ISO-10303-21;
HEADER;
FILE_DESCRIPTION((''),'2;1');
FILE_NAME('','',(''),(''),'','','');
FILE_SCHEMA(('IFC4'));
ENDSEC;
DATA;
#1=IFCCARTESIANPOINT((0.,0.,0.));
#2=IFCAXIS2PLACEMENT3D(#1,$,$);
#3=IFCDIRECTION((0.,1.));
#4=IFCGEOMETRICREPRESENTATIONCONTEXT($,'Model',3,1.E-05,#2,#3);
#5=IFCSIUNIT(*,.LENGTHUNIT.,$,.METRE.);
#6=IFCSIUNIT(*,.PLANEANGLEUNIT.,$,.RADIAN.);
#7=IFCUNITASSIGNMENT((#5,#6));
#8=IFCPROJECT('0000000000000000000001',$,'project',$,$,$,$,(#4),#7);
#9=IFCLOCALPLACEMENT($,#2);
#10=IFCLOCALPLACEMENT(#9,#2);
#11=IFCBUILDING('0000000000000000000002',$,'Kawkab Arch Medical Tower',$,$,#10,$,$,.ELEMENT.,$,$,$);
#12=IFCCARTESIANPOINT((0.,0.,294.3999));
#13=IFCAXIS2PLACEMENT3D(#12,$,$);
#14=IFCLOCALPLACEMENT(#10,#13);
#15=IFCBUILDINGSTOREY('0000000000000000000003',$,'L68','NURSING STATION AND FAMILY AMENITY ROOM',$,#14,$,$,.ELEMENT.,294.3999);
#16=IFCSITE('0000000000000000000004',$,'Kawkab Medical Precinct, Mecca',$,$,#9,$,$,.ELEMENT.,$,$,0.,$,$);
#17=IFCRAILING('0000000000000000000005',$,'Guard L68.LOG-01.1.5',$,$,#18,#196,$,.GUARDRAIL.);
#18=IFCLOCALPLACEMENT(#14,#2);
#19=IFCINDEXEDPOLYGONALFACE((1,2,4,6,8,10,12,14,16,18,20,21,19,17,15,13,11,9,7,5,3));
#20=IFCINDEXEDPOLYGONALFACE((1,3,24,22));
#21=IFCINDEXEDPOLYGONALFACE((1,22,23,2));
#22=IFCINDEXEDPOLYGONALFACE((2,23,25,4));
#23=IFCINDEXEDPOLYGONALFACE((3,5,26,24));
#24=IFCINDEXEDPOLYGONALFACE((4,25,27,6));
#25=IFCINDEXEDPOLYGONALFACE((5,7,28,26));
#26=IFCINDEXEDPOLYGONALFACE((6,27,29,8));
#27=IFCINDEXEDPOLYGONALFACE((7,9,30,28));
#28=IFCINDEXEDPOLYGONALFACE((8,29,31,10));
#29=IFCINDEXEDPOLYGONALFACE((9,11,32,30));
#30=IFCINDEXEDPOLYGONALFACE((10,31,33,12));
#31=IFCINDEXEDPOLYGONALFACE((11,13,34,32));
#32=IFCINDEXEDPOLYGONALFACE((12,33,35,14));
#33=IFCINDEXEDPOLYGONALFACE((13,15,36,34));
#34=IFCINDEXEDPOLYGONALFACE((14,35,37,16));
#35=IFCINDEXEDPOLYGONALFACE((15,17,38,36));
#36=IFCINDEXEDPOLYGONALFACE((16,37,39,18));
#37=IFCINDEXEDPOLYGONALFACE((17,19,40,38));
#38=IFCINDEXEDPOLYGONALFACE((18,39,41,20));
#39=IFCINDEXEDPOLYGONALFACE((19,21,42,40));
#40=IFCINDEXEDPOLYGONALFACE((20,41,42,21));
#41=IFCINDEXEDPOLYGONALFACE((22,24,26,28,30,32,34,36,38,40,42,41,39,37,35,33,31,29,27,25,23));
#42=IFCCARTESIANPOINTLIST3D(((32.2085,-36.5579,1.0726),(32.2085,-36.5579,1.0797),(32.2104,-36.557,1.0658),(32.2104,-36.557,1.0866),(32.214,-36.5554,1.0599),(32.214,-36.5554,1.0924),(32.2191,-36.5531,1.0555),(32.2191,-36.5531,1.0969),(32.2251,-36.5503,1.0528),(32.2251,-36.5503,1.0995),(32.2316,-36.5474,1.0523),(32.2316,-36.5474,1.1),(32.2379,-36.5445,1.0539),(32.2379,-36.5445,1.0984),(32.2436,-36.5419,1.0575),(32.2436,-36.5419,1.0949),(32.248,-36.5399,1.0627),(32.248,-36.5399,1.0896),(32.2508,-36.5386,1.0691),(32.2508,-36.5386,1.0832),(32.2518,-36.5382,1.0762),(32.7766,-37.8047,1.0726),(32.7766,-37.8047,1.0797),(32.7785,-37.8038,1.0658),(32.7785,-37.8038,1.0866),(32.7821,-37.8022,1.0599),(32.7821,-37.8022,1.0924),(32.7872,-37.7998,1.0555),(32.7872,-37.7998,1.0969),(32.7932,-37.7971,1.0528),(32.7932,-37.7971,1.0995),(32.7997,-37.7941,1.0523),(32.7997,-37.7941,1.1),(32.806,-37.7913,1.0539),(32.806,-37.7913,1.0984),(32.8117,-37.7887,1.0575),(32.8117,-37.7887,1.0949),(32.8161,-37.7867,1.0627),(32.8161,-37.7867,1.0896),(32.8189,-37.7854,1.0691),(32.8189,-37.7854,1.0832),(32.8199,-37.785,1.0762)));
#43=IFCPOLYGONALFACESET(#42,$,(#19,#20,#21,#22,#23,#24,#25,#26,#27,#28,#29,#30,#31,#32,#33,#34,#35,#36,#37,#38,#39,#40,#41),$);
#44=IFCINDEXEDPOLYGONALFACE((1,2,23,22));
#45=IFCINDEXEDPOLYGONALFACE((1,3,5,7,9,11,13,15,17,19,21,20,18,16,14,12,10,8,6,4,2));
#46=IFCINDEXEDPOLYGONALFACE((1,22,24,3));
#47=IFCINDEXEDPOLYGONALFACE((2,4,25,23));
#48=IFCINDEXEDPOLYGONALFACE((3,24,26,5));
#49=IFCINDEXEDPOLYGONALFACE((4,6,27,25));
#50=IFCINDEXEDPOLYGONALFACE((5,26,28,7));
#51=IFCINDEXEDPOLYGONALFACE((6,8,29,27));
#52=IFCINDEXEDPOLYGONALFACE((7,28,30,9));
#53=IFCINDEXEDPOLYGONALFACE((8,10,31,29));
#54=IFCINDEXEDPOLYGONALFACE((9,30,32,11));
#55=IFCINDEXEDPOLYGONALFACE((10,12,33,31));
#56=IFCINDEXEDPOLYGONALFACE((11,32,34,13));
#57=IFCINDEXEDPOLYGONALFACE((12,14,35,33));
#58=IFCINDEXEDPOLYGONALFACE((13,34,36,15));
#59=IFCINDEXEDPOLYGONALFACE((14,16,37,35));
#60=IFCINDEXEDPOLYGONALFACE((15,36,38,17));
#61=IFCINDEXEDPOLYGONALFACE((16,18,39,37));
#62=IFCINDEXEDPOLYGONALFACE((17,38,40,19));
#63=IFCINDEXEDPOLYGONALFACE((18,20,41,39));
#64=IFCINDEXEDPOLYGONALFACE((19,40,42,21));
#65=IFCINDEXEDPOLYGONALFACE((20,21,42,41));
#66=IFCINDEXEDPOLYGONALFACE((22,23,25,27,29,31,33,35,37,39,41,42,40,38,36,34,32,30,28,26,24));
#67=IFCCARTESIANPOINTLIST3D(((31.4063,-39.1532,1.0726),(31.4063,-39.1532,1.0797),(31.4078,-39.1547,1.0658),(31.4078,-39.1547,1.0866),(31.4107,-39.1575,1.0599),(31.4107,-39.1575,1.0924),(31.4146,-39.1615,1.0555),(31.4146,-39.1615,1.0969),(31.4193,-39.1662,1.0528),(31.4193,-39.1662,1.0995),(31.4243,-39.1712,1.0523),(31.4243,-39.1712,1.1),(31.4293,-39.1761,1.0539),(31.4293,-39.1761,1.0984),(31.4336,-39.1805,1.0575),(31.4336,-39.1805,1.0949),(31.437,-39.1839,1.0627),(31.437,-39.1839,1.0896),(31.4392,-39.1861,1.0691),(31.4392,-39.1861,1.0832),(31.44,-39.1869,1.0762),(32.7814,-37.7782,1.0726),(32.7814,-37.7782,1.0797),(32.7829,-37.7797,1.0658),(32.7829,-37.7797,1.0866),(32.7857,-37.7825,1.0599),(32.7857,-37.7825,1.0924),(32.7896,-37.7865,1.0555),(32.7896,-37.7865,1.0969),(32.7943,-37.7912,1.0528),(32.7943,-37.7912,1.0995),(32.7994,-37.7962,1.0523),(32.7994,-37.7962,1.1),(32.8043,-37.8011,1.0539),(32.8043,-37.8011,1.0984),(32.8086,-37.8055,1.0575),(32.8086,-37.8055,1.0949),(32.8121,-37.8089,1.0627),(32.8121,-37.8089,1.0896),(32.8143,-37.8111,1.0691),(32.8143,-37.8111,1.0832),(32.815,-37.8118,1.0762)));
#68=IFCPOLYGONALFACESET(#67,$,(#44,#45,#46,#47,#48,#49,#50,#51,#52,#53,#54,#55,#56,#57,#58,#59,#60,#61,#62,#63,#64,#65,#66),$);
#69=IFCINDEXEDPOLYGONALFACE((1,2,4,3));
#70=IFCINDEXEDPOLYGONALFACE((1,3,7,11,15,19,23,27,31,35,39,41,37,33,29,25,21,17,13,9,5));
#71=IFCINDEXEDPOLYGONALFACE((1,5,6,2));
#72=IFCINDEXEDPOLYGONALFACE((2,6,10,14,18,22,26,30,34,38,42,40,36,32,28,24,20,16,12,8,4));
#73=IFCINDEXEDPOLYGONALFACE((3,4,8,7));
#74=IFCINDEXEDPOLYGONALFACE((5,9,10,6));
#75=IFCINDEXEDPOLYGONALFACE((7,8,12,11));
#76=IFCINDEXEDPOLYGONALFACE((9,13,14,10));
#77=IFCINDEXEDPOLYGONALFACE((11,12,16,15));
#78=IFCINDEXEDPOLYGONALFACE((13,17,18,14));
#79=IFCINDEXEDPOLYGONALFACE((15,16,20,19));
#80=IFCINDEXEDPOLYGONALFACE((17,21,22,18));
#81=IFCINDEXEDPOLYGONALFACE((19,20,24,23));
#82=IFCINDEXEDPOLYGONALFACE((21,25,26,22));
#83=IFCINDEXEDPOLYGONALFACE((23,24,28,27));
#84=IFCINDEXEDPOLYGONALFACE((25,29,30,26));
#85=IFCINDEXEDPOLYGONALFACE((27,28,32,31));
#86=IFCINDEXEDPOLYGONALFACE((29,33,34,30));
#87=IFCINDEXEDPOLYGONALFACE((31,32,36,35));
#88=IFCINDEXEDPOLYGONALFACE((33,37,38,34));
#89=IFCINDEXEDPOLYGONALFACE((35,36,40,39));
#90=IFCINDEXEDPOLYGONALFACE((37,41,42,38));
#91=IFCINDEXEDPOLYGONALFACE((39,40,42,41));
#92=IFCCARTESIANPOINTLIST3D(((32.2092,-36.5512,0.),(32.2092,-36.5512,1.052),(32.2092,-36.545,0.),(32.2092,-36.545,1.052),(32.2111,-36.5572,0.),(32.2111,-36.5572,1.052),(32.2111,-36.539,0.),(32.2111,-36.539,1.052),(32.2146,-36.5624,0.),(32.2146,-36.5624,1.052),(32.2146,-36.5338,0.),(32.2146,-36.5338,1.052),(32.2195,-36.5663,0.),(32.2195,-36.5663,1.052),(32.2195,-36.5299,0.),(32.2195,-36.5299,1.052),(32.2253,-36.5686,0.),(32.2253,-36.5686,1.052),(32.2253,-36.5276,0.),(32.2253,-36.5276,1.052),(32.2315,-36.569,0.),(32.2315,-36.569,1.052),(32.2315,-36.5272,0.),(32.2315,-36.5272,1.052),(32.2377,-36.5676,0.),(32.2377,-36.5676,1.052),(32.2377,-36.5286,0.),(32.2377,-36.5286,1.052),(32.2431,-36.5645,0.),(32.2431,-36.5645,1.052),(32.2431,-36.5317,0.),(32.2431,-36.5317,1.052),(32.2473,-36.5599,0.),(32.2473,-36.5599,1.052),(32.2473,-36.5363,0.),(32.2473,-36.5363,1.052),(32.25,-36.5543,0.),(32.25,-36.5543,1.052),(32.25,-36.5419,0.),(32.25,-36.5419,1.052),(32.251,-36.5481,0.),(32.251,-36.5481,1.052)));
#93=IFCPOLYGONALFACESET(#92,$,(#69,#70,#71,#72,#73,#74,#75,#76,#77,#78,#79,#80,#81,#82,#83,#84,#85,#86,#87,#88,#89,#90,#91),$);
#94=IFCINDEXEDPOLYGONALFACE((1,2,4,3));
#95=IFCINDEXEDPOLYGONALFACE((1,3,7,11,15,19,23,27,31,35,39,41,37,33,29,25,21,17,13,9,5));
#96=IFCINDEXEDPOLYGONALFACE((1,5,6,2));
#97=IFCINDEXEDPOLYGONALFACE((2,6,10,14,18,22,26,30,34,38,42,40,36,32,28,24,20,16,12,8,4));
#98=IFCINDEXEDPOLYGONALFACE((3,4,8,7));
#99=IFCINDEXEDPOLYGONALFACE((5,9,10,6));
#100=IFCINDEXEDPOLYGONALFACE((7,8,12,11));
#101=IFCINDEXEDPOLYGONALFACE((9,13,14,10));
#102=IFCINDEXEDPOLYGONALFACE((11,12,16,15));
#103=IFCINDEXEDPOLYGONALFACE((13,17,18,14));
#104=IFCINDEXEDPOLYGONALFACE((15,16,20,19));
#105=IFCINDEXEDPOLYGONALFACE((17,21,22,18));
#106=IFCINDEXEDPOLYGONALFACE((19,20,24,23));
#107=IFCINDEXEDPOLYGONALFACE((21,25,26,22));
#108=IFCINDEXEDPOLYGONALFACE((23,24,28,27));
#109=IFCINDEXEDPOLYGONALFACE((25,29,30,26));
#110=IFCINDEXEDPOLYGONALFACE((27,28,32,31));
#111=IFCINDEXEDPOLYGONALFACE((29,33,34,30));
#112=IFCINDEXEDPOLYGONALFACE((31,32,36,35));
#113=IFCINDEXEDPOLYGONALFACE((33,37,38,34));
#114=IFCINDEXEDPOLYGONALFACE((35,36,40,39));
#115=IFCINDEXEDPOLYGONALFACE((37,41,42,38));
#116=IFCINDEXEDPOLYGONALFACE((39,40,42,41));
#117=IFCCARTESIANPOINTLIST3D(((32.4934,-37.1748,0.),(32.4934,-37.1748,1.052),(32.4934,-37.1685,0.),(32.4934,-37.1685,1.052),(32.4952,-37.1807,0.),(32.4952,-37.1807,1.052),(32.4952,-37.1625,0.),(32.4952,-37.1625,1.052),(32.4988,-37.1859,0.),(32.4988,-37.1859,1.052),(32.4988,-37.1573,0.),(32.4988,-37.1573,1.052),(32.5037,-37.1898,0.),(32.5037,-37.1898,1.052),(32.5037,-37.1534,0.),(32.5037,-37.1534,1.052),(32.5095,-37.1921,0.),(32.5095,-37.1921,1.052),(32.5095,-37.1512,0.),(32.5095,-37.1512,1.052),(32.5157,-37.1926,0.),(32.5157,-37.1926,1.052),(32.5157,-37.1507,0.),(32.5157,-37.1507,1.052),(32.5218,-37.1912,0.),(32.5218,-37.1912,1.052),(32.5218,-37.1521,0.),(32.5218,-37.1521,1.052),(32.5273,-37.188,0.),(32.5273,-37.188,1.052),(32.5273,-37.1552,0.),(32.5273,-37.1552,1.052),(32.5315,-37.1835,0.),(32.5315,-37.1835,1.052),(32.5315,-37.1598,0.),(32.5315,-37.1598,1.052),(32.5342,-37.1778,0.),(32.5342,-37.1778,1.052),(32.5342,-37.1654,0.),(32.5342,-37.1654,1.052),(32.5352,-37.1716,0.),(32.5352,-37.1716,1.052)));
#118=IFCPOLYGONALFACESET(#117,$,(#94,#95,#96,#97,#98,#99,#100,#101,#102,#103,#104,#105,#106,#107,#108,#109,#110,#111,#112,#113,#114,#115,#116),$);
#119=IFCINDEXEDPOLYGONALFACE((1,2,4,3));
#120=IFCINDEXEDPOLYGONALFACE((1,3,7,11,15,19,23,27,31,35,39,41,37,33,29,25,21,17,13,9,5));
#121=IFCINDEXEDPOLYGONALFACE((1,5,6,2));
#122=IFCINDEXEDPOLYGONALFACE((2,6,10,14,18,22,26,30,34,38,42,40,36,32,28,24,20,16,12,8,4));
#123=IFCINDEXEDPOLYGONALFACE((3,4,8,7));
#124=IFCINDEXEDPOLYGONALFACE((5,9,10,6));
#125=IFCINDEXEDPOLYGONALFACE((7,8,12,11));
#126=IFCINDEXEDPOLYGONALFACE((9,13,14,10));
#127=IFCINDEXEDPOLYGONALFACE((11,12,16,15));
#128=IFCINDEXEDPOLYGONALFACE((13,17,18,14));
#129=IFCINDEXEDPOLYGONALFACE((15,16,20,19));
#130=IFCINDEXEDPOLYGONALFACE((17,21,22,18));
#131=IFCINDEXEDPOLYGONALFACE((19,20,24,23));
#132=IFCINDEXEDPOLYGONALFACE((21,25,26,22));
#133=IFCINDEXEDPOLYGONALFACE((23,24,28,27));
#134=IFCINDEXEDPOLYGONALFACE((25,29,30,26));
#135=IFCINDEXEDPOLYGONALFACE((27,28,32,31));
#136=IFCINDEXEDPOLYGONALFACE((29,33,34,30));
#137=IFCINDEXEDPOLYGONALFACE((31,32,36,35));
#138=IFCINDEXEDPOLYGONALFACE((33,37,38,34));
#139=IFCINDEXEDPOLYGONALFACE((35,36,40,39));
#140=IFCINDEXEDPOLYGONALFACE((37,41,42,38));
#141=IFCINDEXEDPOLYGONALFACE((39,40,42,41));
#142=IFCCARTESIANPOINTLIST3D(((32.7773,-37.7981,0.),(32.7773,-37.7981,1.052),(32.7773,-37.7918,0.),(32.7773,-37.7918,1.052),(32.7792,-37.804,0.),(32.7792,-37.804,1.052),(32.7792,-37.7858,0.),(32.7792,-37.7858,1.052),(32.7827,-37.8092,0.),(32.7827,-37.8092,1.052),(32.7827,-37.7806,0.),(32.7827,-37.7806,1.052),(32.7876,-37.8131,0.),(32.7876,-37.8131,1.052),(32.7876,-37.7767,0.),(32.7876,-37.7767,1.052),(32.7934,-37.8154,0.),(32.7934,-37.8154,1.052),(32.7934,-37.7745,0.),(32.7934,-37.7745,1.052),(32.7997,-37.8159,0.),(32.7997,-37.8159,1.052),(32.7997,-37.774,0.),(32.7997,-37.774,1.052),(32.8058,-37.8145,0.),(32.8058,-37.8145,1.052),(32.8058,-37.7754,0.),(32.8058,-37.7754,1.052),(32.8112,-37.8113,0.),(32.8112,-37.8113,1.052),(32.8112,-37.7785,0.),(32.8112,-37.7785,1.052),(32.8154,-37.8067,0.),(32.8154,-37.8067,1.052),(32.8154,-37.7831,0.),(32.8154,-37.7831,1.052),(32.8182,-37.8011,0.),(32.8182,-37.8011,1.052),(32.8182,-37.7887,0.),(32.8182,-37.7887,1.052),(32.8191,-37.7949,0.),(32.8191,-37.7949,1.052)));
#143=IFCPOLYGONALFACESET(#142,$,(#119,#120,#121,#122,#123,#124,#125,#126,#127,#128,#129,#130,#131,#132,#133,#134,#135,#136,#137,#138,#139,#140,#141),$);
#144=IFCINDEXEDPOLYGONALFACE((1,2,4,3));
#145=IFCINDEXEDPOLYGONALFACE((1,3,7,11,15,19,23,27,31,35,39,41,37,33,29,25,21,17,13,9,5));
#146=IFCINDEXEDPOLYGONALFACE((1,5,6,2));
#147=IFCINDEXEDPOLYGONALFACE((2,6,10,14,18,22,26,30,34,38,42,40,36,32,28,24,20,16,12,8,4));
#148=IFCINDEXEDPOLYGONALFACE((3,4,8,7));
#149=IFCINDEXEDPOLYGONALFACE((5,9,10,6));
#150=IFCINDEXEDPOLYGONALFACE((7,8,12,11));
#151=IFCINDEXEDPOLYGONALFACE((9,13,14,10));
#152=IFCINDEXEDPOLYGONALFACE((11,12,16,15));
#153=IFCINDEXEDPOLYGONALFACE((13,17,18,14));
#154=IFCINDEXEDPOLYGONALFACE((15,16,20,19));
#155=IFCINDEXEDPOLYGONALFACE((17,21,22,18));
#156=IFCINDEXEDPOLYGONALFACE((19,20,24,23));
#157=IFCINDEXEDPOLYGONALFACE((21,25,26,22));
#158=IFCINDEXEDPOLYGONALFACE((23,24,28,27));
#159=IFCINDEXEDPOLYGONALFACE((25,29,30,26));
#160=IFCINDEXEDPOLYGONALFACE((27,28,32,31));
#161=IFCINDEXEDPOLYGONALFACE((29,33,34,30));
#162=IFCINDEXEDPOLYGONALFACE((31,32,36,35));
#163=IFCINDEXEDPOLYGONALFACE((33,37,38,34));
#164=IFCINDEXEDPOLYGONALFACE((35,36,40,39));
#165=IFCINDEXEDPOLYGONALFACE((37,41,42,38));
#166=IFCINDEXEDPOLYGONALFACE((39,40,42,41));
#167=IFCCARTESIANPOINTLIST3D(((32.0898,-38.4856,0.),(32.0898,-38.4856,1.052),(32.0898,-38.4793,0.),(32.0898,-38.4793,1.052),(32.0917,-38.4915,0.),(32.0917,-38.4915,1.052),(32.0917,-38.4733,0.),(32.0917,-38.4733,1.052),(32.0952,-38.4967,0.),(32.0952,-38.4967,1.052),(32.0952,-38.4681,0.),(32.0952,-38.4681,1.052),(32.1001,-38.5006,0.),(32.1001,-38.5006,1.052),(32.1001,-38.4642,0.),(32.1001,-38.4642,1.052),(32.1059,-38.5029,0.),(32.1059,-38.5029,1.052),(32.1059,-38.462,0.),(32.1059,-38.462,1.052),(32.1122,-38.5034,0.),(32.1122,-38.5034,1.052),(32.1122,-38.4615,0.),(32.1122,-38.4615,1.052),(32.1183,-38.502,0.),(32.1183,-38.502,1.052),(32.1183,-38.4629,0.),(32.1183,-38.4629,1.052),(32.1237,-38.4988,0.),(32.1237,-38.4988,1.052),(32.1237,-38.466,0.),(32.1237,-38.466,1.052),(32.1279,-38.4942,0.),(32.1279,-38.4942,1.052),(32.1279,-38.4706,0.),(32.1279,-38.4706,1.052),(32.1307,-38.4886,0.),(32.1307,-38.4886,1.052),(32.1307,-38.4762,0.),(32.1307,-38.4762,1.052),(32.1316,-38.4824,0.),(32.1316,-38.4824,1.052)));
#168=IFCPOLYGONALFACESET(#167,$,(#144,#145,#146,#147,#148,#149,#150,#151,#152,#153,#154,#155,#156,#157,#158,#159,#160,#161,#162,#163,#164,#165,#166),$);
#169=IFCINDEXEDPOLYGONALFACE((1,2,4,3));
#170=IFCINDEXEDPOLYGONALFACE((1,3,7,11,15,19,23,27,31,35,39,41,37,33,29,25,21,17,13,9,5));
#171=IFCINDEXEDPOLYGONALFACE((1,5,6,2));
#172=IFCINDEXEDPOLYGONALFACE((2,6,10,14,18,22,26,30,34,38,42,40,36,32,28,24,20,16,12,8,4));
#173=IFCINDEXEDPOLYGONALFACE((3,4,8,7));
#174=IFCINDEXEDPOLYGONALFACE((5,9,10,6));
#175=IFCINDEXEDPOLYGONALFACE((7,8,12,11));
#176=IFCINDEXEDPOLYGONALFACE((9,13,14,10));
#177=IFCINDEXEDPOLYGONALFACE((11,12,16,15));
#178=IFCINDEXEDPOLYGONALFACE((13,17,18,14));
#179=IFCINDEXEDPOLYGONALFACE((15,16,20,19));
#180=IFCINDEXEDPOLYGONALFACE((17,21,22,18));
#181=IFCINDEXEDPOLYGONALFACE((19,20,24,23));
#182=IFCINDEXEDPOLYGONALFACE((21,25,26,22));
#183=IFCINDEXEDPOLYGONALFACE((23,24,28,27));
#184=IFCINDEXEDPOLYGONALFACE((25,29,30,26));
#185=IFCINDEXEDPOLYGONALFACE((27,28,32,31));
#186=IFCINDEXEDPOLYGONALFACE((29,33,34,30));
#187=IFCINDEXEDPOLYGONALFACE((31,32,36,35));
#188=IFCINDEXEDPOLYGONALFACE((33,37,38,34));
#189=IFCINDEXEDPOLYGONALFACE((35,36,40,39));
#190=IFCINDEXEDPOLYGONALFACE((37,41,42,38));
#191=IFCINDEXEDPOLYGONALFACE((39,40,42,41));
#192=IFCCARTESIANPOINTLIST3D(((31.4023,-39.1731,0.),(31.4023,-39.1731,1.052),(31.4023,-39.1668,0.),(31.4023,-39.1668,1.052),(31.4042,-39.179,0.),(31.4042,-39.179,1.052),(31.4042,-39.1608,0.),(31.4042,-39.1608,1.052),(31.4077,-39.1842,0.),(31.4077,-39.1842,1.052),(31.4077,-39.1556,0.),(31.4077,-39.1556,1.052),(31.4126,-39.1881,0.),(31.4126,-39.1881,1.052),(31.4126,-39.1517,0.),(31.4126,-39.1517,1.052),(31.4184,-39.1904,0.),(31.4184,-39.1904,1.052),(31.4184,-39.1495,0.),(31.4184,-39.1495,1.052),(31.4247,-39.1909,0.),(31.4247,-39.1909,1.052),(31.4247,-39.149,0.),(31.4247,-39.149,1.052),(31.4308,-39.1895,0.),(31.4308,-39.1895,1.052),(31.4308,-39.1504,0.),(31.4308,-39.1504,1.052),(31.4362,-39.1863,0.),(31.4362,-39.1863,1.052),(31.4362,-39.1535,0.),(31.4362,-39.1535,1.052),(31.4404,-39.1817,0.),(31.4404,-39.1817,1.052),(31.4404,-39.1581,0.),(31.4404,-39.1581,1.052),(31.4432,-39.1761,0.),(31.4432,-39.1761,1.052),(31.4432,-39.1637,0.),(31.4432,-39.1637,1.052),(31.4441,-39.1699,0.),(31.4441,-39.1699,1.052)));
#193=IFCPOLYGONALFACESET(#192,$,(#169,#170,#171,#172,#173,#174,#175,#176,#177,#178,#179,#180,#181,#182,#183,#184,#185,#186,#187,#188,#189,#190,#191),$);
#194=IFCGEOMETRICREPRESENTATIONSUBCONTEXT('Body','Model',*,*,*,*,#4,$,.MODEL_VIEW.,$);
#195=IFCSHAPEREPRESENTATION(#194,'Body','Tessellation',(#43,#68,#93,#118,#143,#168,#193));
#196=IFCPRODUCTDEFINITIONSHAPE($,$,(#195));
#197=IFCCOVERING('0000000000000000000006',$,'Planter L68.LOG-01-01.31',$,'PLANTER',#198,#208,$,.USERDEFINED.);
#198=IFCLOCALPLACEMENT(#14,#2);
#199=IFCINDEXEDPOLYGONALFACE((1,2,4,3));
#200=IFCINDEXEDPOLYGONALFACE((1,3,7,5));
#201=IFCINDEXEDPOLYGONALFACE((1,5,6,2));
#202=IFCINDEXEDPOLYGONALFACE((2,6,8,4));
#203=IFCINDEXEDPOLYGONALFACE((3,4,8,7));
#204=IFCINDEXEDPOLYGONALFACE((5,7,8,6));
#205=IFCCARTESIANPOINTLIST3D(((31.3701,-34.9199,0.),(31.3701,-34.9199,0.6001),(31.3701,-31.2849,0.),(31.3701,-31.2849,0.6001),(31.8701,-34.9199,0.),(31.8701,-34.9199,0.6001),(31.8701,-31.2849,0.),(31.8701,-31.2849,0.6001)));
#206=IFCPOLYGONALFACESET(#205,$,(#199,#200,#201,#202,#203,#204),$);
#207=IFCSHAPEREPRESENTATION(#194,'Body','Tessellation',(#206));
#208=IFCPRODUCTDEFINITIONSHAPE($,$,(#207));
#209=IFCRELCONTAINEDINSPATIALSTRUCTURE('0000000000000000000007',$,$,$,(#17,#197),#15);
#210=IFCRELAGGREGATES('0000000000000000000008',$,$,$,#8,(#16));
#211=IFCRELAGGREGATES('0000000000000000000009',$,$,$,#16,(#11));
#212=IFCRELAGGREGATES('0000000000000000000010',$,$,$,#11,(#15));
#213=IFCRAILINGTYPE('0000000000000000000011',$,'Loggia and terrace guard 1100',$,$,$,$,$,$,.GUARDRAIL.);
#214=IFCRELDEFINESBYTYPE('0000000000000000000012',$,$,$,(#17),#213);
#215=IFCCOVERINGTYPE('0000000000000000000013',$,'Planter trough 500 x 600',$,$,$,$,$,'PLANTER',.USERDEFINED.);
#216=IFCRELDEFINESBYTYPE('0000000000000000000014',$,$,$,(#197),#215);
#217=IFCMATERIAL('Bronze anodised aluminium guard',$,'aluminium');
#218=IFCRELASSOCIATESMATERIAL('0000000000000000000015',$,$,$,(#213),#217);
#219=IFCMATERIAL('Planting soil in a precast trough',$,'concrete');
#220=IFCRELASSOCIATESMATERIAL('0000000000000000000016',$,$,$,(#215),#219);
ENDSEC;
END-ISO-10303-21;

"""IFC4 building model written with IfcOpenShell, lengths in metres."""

from ifc_helpers import new_model, si_unit, direction, frame, origin, origin_2d, place, context, subcontext, project, spatial, rectangle, circle, extrude, material, material_profile, profile_set, type_object, element, save


model = new_model("IFC4")

# Units and contexts
model_context = context("Model", 3, precision=1e-05, world=origin(), true_north=direction((0.0, 1.0)))
body_context = subcontext(model_context, "Body", "Model", "MODEL_VIEW")
ifc_project = project(units=[si_unit("LENGTHUNIT", "METRE"), si_unit("PLANEANGLEUNIT", "RADIAN")], contexts=[model_context])

# Site, building, storey
site_placement = place(None, origin())
site = spatial("IfcSite", under=ifc_project, at=site_placement, Name="Kawkab Medical Precinct, Mecca", CompositionType="ELEMENT", RefElevation=0.0)
building_placement = place(site_placement, origin())
building = spatial("IfcBuilding", under=site, at=building_placement, Name="Kawkab Arch Medical Tower", CompositionType="ELEMENT")
storey_placement = place(building_placement, frame((0.0, 0.0, 294.3999)))
storey = spatial("IfcBuildingStorey", under=building, at=storey_placement, Name="L68", Description="NURSING STATION AND FAMILY AMENITY ROOM", CompositionType="ELEMENT", Elevation=294.3999)

# Railing
ifc_material_1 = material(Name="Bronze anodised aluminium guard", Category="aluminium")
railing_type_1 = type_object("IfcRailingType", Name="Loggia and terrace guard 1100", PredefinedType="GUARDRAIL", material=ifc_material_1)
railing_1_placement = place(storey_placement, frame((32.23, -36.5481, 0.0)))
element("IfcRailing", 1, at=railing_1_placement, inside=storey, type_object=railing_type_1, Name="Guard L68.LOG-01.1.5", PredefinedType="GUARDRAIL", context=body_context, shape_type="SweptSolid", body=[
    extrude(circle(Radius=0.0239, at=origin_2d()), frame((0.0, 0.0, 1.0762), z_axis=(0.414635, -0.909988, 0.0), x_axis=(0.909988, 0.414635, 0.0)), (0.0, 0.0, 1.0), 1.3701),
    extrude(circle(Radius=0.0239, at=origin_2d()), frame((0.5681, -1.2468, 1.0762), z_axis=(-0.707107, -0.707107, 0.0), x_axis=(0.707107, -0.707107, 0.0)), (0.0, 0.0, 1.0), 1.9446),
    extrude(circle(Radius=0.021, at=origin_2d()), origin(), (0.0, 0.0, 1.0), 1.052),
    extrude(circle(Radius=0.021, at=origin_2d()), frame((0.2842, -0.6235, 0.0)), (0.0, 0.0, 1.0), 1.052),
    extrude(circle(Radius=0.021, at=origin_2d()), frame((0.5681, -1.2468, 0.0)), (0.0, 0.0, 1.0), 1.052),
    extrude(circle(Radius=0.021, at=origin_2d()), frame((-0.1194, -1.9343, 0.0)), (0.0, 0.0, 1.0), 1.052),
    extrude(circle(Radius=0.021, at=origin_2d()), frame((-0.8069, -2.6218, 0.0)), (0.0, 0.0, 1.0), 1.052),
])

# Covering
ifc_material_2 = material(Name="Planting soil in a precast trough", Category="concrete")
ifc_material_profile_1 = material_profile(ifc_material_2, rectangle(XDim=0.5, YDim=0.6001, at=origin_2d()), Name="Trough 500x600")
ifc_profile_set_1 = profile_set([ifc_material_profile_1], Name="Planting soil in a precast trough")
covering_type = type_object("IfcCoveringType", Name="Planter trough 500 x 600", ElementType="PLANTER", PredefinedType="USERDEFINED", material=ifc_profile_set_1)
covering_placement = place(storey_placement, frame((31.6201, -31.2849, 0.3), z_axis=(0.0, -1.0, 0.0), x_axis=(1.0, 0.0, 0.0)))
element("IfcCovering", 2, at=covering_placement, inside=storey, type_object=covering_type, Name="Planter L68.LOG-01-01.31", ObjectType="PLANTER", PredefinedType="USERDEFINED", context=body_context, shape_type="SweptSolid", body=[
    extrude(rectangle(XDim=0.5, YDim=0.6001, at=origin_2d()), origin(), (0.0, 0.0, 1.0), 3.635),
])

save(model, "model.ifc")
